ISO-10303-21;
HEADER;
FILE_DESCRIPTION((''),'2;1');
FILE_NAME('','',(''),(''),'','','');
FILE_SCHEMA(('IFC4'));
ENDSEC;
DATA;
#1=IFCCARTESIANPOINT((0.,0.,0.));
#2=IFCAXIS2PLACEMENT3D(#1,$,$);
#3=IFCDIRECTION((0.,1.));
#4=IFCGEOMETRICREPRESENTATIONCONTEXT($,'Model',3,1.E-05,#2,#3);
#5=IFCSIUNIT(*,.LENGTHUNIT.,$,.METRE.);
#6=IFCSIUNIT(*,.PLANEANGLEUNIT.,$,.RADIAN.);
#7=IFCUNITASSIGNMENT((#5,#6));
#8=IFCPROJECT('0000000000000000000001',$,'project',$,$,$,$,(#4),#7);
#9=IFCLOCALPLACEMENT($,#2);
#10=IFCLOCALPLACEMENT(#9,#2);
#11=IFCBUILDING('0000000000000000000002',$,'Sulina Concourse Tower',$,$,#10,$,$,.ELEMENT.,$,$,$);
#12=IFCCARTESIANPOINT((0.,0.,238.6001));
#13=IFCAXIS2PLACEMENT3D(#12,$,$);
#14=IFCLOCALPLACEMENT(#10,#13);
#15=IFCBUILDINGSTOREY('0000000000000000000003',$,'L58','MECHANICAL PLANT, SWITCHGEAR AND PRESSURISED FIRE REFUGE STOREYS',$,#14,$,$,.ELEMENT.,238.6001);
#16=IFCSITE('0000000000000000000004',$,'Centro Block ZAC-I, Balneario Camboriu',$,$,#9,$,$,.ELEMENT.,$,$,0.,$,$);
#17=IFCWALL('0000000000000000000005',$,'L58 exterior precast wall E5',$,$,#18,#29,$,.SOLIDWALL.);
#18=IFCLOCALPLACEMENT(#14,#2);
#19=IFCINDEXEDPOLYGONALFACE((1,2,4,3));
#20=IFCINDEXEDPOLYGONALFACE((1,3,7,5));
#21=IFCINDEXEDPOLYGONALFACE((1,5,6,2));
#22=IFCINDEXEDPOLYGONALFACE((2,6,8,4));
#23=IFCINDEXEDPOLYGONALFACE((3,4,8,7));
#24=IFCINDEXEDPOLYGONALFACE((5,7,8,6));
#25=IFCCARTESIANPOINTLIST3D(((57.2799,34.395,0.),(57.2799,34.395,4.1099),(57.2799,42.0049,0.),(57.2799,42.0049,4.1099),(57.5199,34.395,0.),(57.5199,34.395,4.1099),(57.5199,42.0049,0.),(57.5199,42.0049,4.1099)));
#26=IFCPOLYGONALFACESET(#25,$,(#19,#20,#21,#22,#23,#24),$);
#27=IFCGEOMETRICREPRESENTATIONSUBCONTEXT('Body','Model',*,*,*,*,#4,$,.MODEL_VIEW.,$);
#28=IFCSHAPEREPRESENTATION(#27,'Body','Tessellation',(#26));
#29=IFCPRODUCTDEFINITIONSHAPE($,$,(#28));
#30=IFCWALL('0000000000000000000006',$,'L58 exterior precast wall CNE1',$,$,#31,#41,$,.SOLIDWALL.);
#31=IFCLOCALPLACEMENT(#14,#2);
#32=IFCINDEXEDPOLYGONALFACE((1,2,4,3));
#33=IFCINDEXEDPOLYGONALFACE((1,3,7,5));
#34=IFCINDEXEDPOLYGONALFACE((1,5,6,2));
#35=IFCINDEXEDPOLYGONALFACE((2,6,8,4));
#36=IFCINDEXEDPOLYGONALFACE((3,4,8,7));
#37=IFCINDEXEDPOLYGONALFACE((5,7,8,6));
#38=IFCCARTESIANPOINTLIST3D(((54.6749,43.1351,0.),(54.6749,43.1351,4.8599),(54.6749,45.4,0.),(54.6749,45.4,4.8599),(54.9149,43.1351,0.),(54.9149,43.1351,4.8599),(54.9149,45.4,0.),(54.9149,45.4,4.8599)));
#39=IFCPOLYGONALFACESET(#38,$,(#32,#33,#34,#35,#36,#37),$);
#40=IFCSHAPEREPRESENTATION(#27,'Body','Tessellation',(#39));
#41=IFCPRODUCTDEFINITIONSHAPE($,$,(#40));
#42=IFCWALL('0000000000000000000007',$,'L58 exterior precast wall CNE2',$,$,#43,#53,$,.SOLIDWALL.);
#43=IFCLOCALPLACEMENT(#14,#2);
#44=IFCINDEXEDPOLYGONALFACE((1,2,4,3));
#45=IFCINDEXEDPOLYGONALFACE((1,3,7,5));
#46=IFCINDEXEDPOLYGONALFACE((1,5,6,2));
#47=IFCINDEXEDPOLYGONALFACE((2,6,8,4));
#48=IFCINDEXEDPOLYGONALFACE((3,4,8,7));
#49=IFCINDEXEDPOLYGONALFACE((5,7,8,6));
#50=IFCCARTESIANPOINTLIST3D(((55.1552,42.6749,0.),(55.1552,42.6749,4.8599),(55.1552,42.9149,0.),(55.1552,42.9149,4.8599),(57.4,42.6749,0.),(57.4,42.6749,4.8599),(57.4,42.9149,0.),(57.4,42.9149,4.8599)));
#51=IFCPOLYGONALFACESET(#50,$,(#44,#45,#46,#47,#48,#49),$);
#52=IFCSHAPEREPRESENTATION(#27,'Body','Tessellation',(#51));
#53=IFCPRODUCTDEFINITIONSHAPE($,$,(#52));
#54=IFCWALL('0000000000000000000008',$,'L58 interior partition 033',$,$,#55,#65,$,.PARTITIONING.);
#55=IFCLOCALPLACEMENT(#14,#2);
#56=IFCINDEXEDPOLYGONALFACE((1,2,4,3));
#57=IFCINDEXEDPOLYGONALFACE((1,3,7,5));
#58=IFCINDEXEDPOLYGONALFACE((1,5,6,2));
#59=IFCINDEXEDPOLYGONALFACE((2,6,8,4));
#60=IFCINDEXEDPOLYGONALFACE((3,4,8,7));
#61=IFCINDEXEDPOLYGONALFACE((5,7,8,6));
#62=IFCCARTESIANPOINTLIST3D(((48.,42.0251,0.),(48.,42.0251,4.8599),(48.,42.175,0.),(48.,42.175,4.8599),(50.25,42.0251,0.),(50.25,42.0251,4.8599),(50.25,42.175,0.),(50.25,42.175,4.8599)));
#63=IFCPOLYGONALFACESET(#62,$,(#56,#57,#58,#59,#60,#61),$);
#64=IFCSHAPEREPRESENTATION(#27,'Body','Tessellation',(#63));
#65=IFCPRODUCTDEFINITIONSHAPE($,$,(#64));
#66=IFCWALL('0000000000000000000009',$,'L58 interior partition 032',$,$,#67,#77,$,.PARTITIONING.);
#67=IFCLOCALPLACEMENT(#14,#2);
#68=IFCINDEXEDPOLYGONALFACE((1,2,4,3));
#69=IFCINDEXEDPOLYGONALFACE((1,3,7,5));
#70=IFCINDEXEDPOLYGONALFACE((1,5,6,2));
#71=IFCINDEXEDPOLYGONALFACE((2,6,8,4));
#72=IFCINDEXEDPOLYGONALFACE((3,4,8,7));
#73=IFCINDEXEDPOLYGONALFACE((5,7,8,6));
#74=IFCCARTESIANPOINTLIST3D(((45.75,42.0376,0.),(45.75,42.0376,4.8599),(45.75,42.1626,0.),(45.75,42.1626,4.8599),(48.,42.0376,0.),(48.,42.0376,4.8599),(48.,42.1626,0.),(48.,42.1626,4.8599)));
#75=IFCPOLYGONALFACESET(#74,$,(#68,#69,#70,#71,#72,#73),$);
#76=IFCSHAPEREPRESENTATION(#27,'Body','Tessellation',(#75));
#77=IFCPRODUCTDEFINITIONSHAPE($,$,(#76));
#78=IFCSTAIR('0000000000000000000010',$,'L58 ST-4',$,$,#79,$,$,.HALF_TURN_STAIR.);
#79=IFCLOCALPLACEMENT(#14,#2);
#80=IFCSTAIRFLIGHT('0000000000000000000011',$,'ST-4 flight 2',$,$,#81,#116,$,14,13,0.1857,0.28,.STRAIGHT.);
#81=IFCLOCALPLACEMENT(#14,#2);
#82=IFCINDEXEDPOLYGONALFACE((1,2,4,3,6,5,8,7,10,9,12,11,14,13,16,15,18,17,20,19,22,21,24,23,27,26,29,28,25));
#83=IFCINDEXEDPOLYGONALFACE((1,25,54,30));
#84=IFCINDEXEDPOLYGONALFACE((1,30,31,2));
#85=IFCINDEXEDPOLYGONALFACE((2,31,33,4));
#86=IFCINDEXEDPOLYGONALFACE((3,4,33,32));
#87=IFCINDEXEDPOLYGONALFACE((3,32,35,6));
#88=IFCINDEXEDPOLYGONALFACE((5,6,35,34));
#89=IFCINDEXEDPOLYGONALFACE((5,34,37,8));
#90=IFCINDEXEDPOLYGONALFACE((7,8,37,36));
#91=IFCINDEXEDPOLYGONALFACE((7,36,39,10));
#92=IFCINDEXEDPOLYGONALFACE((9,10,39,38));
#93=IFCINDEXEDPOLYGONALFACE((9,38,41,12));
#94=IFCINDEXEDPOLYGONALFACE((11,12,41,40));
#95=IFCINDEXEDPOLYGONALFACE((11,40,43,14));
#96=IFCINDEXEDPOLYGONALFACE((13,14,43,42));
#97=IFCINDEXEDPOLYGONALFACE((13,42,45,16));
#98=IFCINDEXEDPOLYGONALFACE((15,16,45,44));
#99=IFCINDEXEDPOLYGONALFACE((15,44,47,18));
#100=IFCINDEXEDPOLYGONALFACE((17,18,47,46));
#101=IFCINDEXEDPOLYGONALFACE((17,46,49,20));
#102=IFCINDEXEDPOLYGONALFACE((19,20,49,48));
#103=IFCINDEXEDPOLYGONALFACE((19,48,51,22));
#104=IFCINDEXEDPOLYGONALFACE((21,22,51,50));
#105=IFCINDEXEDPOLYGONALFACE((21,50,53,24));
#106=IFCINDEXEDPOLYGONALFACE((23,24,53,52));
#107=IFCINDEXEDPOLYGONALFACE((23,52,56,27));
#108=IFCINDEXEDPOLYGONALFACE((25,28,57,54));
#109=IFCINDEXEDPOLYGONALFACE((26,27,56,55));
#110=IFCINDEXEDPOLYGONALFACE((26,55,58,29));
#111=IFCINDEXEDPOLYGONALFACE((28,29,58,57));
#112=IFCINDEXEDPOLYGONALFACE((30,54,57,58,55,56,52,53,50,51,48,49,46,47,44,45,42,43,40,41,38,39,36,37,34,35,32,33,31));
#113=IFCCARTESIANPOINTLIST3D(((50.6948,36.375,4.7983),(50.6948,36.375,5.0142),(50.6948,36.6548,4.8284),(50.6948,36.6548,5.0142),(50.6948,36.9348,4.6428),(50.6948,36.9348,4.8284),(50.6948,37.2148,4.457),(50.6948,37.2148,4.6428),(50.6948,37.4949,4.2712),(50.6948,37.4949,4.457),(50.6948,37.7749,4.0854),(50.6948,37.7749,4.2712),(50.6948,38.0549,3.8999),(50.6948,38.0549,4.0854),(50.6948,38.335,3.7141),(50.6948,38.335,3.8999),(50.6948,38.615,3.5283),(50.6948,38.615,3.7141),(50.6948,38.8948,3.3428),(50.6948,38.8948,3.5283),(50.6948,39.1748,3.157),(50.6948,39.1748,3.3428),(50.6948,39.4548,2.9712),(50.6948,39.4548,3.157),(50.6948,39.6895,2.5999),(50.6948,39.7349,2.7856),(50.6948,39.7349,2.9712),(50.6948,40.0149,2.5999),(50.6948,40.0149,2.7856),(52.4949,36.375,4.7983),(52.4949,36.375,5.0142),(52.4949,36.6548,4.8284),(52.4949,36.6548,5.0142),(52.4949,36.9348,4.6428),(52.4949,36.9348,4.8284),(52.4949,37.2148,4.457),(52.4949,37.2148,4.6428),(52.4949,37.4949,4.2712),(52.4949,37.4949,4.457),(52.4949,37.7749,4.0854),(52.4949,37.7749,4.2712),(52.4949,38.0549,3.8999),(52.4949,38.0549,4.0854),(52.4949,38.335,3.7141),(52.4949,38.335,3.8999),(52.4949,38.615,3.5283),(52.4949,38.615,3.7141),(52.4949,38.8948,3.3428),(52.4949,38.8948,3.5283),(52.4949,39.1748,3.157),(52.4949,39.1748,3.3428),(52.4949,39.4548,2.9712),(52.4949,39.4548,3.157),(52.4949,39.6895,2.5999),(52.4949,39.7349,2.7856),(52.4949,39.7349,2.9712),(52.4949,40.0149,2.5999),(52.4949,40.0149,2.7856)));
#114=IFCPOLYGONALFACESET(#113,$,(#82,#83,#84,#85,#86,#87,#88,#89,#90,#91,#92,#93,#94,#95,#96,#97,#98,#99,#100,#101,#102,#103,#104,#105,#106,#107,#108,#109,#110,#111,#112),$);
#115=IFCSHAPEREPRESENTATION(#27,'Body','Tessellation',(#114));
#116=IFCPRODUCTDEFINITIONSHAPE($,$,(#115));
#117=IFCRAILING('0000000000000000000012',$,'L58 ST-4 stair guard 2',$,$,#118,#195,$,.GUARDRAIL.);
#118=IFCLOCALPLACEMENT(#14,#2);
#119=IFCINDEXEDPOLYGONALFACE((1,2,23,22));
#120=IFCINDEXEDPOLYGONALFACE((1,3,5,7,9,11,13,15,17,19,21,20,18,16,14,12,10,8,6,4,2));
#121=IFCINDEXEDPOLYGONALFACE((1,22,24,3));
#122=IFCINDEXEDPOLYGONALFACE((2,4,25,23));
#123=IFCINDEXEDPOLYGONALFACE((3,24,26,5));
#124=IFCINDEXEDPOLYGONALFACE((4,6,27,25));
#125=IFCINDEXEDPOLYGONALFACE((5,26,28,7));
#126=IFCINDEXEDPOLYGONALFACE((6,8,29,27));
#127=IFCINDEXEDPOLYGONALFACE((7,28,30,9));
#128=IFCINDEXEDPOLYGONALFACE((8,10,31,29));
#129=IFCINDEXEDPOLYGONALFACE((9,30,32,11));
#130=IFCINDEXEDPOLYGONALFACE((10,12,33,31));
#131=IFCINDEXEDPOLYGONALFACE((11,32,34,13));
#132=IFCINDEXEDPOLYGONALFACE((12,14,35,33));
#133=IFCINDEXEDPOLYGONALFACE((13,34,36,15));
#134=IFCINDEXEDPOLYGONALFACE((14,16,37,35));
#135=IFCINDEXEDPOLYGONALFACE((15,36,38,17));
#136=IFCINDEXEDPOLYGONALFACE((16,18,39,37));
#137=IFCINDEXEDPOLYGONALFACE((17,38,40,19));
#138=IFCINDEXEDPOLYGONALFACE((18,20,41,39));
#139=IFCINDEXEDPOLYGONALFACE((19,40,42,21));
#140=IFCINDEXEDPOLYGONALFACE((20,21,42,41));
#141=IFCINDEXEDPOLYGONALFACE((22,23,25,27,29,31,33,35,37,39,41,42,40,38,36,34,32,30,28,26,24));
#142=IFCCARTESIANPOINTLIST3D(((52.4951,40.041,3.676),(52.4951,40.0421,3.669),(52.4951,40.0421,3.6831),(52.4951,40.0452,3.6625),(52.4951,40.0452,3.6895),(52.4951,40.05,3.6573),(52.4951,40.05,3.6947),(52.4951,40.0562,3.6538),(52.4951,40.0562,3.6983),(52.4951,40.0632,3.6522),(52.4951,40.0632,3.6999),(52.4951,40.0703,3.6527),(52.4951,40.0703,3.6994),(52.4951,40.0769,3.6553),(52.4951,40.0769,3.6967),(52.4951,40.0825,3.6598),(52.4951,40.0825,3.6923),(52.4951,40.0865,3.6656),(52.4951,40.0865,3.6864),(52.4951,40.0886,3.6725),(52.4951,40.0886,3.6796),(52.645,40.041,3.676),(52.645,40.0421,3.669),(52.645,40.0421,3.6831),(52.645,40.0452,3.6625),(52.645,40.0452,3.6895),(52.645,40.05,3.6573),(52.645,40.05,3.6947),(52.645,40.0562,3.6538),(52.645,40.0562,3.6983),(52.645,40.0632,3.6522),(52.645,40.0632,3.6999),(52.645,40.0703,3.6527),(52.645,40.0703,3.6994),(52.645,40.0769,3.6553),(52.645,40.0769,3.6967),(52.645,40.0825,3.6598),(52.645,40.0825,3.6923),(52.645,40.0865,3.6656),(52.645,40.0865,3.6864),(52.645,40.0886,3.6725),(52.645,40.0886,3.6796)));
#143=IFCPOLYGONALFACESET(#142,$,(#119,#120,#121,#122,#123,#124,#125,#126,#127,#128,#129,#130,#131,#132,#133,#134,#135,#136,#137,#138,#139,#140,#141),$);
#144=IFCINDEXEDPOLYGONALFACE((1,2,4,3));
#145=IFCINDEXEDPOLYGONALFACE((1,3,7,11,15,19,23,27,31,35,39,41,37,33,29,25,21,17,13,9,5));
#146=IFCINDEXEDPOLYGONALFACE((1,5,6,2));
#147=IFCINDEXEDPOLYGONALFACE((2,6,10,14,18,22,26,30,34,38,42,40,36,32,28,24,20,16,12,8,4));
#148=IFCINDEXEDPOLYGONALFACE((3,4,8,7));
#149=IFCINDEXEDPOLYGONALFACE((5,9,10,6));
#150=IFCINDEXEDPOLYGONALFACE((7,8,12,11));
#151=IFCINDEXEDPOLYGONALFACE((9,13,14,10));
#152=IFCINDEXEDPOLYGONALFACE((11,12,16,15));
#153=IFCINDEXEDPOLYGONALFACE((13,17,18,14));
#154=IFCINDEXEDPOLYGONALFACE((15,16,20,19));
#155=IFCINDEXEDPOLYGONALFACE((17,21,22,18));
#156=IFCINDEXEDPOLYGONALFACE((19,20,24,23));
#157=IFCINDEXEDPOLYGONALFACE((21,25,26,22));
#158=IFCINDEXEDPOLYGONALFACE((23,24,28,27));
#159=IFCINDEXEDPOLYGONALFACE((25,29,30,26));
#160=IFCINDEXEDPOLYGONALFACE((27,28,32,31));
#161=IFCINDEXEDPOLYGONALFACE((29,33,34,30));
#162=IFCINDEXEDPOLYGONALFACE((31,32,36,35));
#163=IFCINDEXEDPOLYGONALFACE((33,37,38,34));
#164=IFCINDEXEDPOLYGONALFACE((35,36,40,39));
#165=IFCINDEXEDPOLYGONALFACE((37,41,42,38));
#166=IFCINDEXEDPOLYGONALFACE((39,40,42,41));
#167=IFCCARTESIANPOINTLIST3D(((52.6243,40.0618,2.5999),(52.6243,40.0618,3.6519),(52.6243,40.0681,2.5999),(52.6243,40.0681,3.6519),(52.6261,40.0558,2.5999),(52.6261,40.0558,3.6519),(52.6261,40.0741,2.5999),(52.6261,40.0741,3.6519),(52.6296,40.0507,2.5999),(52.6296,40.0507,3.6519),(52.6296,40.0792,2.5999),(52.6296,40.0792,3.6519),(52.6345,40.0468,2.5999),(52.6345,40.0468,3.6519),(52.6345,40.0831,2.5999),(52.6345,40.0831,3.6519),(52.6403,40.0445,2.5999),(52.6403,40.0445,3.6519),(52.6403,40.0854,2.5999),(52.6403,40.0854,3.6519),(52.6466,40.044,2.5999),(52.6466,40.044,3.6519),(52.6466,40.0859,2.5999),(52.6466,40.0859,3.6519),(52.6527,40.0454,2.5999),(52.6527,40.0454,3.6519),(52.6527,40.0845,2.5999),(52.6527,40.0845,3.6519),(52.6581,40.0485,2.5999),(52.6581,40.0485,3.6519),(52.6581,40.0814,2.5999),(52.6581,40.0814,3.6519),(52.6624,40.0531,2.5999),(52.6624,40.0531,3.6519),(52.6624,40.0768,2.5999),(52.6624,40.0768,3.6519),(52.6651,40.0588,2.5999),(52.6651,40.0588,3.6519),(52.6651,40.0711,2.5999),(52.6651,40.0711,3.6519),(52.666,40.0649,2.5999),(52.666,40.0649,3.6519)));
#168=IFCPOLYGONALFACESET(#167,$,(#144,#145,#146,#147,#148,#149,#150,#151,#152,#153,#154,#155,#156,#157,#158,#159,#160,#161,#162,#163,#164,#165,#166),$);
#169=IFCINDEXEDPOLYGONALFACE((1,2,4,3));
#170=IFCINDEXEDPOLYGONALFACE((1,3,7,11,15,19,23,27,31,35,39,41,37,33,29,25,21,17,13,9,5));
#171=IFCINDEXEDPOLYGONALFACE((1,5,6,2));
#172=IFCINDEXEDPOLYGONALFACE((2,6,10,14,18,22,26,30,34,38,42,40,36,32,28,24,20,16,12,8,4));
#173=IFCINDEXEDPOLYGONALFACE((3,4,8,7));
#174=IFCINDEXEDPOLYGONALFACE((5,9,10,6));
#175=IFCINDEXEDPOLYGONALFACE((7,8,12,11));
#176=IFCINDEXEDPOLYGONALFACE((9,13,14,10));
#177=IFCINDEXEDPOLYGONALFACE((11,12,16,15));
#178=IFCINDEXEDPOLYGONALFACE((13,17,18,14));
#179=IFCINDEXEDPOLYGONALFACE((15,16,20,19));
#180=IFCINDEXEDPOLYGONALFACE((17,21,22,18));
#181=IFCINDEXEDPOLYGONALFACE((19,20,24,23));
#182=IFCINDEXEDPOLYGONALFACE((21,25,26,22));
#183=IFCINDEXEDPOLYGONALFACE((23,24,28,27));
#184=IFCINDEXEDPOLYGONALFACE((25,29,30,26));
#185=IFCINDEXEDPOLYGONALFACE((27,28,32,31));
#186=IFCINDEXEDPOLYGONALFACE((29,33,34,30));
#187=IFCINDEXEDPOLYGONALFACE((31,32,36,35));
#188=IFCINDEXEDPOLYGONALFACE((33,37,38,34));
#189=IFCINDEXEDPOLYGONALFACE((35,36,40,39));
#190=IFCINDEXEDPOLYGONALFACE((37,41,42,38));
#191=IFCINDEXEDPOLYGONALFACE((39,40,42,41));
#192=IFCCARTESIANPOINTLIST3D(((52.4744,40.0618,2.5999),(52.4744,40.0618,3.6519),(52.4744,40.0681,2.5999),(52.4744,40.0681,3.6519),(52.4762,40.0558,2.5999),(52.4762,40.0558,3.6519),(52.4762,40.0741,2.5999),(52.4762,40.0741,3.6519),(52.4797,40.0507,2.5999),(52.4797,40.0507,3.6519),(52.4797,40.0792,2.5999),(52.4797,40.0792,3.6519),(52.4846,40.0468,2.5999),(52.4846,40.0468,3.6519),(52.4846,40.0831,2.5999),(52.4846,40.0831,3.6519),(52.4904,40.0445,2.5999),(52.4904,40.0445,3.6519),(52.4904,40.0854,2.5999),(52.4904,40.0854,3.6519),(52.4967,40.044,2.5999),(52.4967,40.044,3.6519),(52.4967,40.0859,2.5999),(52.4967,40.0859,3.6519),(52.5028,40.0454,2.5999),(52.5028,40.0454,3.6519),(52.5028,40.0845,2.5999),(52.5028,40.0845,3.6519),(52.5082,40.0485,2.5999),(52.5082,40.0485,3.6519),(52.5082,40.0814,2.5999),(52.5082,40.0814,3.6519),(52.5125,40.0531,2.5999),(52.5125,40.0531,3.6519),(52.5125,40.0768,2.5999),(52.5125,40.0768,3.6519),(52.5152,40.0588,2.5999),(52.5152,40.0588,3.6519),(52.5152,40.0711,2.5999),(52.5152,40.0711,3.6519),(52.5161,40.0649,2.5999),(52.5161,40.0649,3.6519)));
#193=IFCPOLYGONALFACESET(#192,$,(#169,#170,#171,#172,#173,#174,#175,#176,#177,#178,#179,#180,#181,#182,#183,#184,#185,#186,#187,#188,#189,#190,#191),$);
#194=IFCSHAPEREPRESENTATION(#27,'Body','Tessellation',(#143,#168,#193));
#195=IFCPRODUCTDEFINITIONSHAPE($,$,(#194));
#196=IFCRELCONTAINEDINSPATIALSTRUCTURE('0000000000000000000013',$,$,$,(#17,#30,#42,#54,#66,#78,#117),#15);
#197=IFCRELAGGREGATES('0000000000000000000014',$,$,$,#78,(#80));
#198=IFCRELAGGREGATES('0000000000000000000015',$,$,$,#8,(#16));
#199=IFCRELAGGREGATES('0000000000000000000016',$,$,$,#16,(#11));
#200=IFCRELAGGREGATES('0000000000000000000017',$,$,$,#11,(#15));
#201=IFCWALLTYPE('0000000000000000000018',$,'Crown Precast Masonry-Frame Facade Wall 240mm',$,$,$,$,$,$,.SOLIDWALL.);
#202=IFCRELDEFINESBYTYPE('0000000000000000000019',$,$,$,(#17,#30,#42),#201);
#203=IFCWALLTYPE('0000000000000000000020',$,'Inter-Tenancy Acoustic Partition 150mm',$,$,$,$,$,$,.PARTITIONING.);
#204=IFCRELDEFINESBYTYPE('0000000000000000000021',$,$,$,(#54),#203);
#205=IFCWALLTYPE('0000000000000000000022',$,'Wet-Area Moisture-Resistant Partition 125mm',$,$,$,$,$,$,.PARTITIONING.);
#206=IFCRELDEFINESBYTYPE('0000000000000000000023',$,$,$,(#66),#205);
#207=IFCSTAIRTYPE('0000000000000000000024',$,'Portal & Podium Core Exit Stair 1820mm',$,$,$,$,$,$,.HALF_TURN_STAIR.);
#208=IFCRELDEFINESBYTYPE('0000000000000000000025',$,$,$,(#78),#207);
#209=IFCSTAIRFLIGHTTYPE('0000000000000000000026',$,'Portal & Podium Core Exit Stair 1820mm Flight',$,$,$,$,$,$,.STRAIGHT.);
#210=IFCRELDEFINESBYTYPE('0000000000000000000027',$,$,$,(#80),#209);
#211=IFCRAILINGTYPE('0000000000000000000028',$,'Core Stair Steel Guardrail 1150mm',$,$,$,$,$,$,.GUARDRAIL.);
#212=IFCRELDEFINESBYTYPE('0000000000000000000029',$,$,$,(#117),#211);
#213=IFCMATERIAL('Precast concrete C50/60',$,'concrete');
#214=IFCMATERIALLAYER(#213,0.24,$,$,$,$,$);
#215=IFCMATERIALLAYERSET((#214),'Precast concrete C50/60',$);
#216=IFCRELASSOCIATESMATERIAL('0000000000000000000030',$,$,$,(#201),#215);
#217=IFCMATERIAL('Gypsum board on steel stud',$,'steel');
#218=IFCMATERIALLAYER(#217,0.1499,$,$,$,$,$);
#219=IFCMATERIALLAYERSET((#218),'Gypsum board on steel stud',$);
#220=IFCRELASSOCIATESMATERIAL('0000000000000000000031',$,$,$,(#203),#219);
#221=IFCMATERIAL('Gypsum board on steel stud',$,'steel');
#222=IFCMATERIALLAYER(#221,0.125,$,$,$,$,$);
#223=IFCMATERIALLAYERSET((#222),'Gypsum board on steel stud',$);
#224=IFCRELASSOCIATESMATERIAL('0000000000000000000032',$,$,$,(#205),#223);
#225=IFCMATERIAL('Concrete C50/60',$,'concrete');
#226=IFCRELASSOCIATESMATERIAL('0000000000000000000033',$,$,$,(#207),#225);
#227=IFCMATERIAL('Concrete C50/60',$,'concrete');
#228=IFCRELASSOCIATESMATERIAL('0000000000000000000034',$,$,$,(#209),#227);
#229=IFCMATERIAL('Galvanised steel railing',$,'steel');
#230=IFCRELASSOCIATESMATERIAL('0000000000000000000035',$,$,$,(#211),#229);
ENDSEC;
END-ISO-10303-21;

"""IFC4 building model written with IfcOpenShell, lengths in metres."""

from ifc_helpers import new_model, si_unit, direction, frame, frame_2d, origin, origin_2d, place, context, subcontext, project, spatial, polyline, rectangle, circle, outline, extrude, material, layer, layer_set, type_object, element, aggregate, save


model = new_model("IFC4")

# Units and contexts
model_context = context("Model", 3, precision=1e-05, world=origin(), true_north=direction((0.0, 1.0)))
body_context = subcontext(model_context, "Body", "Model", "MODEL_VIEW")
ifc_project = project(units=[si_unit("LENGTHUNIT", "METRE"), si_unit("PLANEANGLEUNIT", "RADIAN")], contexts=[model_context])

# Site, building, storey
site_placement = place(None, origin())
site = spatial("IfcSite", under=ifc_project, at=site_placement, Name="Centro Block ZAC-I, Balneario Camboriu", CompositionType="ELEMENT", RefElevation=0.0)
building_placement = place(site_placement, origin())
building = spatial("IfcBuilding", under=site, at=building_placement, Name="Sulina Concourse Tower", CompositionType="ELEMENT")
storey_placement = place(building_placement, frame((0.0, 0.0, 238.6001)))
storey = spatial("IfcBuildingStorey", under=building, at=storey_placement, Name="L58", Description="MECHANICAL PLANT, SWITCHGEAR AND PRESSURISED FIRE REFUGE STOREYS", CompositionType="ELEMENT", Elevation=238.6001)

# Walls
ifc_material_1 = material(Name="Precast concrete C50/60", Category="concrete")
ifc_layer_1 = layer(ifc_material_1, 0.24)
ifc_layer_set_1 = layer_set([ifc_layer_1], Name="Precast concrete C50/60")
wall_type_1 = type_object("IfcWallType", Name="Crown Precast Masonry-Frame Facade Wall 240mm", PredefinedType="SOLIDWALL", material=ifc_layer_set_1)
wall_1_placement = place(storey_placement, frame((57.3999, 42.0049, 0.0), z_axis=(0.0, 0.0, 1.0), x_axis=(0.0, -1.0, 0.0)))
element("IfcWall", 1, at=wall_1_placement, inside=storey, type_object=wall_type_1, Name="L58 exterior precast wall E5", PredefinedType="SOLIDWALL", context=body_context, shape_type="SweptSolid", body=[
    extrude(rectangle(XDim=7.6099, YDim=0.24, at=frame_2d((3.8049, 0.0))), origin(), (0.0, 0.0, 1.0), 4.1099),
])
wall_2_placement = place(storey_placement, frame((54.7949, 45.3999, 0.0), z_axis=(0.0, 0.0, 1.0), x_axis=(0.0, -1.0, 0.0)))
element("IfcWall", 2, at=wall_2_placement, inside=storey, type_object=wall_type_1, Name="L58 exterior precast wall CNE1", PredefinedType="SOLIDWALL", context=body_context, shape_type="SweptSolid", body=[
    extrude(rectangle(XDim=2.2649, YDim=0.24, at=frame_2d((1.1323, 0.0))), origin(), (0.0, 0.0, 1.0), 4.8599),
])
wall_3_placement = place(storey_placement, frame((55.155, 42.7949, 0.0), z_axis=(0.0, 0.0, 1.0), x_axis=(1.0, 0.0, 0.0)))
element("IfcWall", 3, at=wall_3_placement, inside=storey, type_object=wall_type_1, Name="L58 exterior precast wall CNE2", PredefinedType="SOLIDWALL", context=body_context, shape_type="SweptSolid", body=[
    extrude(rectangle(XDim=2.2449, YDim=0.24, at=frame_2d((1.1226, 0.0))), origin(), (0.0, 0.0, 1.0), 4.8599),
])
ifc_material_2 = material(Name="Gypsum board on steel stud", Category="steel")
ifc_layer_2 = layer(ifc_material_2, 0.1499)
ifc_layer_set_2 = layer_set([ifc_layer_2], Name="Gypsum board on steel stud")
wall_type_2 = type_object("IfcWallType", Name="Inter-Tenancy Acoustic Partition 150mm", PredefinedType="PARTITIONING", material=ifc_layer_set_2)
wall_4_placement = place(storey_placement, frame((48.0, 42.1001, 0.0), z_axis=(0.0, 0.0, 1.0), x_axis=(1.0, 0.0, 0.0)))
element("IfcWall", 4, at=wall_4_placement, inside=storey, type_object=wall_type_2, Name="L58 interior partition 033", PredefinedType="PARTITIONING", context=body_context, shape_type="SweptSolid", body=[
    extrude(rectangle(XDim=2.25, YDim=0.1499, at=frame_2d((1.125, 0.0))), origin(), (0.0, 0.0, 1.0), 4.8599),
])
ifc_material_3 = material(Name="Gypsum board on steel stud", Category="steel")
ifc_layer_3 = layer(ifc_material_3, 0.125)
ifc_layer_set_3 = layer_set([ifc_layer_3], Name="Gypsum board on steel stud")
wall_type_3 = type_object("IfcWallType", Name="Wet-Area Moisture-Resistant Partition 125mm", PredefinedType="PARTITIONING", material=ifc_layer_set_3)
wall_5_placement = place(storey_placement, frame((45.75, 42.1001, 0.0), z_axis=(0.0, 0.0, 1.0), x_axis=(1.0, 0.0, 0.0)))
element("IfcWall", 5, at=wall_5_placement, inside=storey, type_object=wall_type_3, Name="L58 interior partition 032", PredefinedType="PARTITIONING", context=body_context, shape_type="SweptSolid", body=[
    extrude(rectangle(XDim=2.25, YDim=0.125, at=frame_2d((1.125, 0.0))), origin(), (0.0, 0.0, 1.0), 4.8599),
])

# Stair, stair flight
ifc_material_4 = material(Name="Concrete C50/60", Category="concrete")
stair_type = type_object("IfcStairType", Name="Portal & Podium Core Exit Stair 1820mm", PredefinedType="HALF_TURN_STAIR", material=ifc_material_4)
stair_placement = place(storey_placement, origin())
stair = element("IfcStair", 6, at=stair_placement, inside=storey, type_object=stair_type, Name="L58 ST-4", PredefinedType="HALF_TURN_STAIR")
ifc_material_5 = material(Name="Concrete C50/60", Category="concrete")
stair_flight_type = type_object("IfcStairFlightType", Name="Portal & Podium Core Exit Stair 1820mm Flight", PredefinedType="STRAIGHT", material=ifc_material_5)
stair_flight_placement = place(storey_placement, frame((51.595, 40.0149, 2.5999), z_axis=(0.0, 0.0, 1.0), x_axis=(0.0, -1.0, 0.0)))
stair_flight = element("IfcStairFlight", 7, at=stair_flight_placement, type_object=stair_flight_type, Name="ST-4 flight 2", NumberOfRisers=14, NumberOfTreads=13, PredefinedType="STRAIGHT", RiserHeight=0.1857, TreadLength=0.28, context=body_context, shape_type="SweptSolid", body=[
    extrude(outline(polyline([(0.0, 0.0), (0.0, 0.1858), (0.28, 0.1858), (0.28, 0.3713), (0.5601, 0.3713), (0.5601, 0.5571), (0.8401, 0.5571), (0.8401, 0.7429), (1.1201, 0.7429), (1.1201, 0.9285), (1.3999, 0.9285), (1.3999, 1.1143), (1.6799, 1.1143), (1.6799, 1.3), (1.96, 1.3), (1.96, 1.4856), (2.24, 1.4856), (2.24, 1.6714), (2.52, 1.6714), (2.52, 1.8572), (2.8, 1.8572), (2.8, 2.043), (3.0801, 2.043), (3.0801, 2.2285), (3.3601, 2.2285), (3.3601, 2.4143), (3.6399, 2.4143), (3.6399, 2.6001), (3.6399, 2.1985), (0.3254, 0.0), (0.0, 0.0)])), frame((0.0, 0.8999, 0.0), z_axis=(0.0, -1.0, 0.0), x_axis=(1.0, 0.0, 0.0)), (0.0, 0.0, 1.0), 1.8),
])
aggregate(stair, [stair_flight])

# Railing
ifc_material_6 = material(Name="Galvanised steel railing", Category="steel")
railing_type_1 = type_object("IfcRailingType", Name="Core Stair Steel Guardrail 1150mm", PredefinedType="GUARDRAIL", material=ifc_material_6)
railing_1_placement = place(storey_placement, frame((52.645, 40.0649, 2.5999)))
element("IfcRailing", 8, at=railing_1_placement, inside=storey, type_object=railing_type_1, Name="L58 ST-4 stair guard 2", PredefinedType="GUARDRAIL", context=body_context, shape_type="SweptSolid", body=[
    extrude(circle(Radius=0.0239, at=origin_2d()), frame((0.0, 0.0, 1.0762), z_axis=(-1.0, 0.0, 0.0), x_axis=(0.0, -1.0, 0.0)), (0.0, 0.0, 1.0), 0.1499),
    extrude(circle(Radius=0.021, at=origin_2d()), origin(), (0.0, 0.0, 1.0), 1.052),
    extrude(circle(Radius=0.021, at=origin_2d()), frame((-0.1499, 0.0, 0.0)), (0.0, 0.0, 1.0), 1.052),
])

save(model, "model.ifc")
